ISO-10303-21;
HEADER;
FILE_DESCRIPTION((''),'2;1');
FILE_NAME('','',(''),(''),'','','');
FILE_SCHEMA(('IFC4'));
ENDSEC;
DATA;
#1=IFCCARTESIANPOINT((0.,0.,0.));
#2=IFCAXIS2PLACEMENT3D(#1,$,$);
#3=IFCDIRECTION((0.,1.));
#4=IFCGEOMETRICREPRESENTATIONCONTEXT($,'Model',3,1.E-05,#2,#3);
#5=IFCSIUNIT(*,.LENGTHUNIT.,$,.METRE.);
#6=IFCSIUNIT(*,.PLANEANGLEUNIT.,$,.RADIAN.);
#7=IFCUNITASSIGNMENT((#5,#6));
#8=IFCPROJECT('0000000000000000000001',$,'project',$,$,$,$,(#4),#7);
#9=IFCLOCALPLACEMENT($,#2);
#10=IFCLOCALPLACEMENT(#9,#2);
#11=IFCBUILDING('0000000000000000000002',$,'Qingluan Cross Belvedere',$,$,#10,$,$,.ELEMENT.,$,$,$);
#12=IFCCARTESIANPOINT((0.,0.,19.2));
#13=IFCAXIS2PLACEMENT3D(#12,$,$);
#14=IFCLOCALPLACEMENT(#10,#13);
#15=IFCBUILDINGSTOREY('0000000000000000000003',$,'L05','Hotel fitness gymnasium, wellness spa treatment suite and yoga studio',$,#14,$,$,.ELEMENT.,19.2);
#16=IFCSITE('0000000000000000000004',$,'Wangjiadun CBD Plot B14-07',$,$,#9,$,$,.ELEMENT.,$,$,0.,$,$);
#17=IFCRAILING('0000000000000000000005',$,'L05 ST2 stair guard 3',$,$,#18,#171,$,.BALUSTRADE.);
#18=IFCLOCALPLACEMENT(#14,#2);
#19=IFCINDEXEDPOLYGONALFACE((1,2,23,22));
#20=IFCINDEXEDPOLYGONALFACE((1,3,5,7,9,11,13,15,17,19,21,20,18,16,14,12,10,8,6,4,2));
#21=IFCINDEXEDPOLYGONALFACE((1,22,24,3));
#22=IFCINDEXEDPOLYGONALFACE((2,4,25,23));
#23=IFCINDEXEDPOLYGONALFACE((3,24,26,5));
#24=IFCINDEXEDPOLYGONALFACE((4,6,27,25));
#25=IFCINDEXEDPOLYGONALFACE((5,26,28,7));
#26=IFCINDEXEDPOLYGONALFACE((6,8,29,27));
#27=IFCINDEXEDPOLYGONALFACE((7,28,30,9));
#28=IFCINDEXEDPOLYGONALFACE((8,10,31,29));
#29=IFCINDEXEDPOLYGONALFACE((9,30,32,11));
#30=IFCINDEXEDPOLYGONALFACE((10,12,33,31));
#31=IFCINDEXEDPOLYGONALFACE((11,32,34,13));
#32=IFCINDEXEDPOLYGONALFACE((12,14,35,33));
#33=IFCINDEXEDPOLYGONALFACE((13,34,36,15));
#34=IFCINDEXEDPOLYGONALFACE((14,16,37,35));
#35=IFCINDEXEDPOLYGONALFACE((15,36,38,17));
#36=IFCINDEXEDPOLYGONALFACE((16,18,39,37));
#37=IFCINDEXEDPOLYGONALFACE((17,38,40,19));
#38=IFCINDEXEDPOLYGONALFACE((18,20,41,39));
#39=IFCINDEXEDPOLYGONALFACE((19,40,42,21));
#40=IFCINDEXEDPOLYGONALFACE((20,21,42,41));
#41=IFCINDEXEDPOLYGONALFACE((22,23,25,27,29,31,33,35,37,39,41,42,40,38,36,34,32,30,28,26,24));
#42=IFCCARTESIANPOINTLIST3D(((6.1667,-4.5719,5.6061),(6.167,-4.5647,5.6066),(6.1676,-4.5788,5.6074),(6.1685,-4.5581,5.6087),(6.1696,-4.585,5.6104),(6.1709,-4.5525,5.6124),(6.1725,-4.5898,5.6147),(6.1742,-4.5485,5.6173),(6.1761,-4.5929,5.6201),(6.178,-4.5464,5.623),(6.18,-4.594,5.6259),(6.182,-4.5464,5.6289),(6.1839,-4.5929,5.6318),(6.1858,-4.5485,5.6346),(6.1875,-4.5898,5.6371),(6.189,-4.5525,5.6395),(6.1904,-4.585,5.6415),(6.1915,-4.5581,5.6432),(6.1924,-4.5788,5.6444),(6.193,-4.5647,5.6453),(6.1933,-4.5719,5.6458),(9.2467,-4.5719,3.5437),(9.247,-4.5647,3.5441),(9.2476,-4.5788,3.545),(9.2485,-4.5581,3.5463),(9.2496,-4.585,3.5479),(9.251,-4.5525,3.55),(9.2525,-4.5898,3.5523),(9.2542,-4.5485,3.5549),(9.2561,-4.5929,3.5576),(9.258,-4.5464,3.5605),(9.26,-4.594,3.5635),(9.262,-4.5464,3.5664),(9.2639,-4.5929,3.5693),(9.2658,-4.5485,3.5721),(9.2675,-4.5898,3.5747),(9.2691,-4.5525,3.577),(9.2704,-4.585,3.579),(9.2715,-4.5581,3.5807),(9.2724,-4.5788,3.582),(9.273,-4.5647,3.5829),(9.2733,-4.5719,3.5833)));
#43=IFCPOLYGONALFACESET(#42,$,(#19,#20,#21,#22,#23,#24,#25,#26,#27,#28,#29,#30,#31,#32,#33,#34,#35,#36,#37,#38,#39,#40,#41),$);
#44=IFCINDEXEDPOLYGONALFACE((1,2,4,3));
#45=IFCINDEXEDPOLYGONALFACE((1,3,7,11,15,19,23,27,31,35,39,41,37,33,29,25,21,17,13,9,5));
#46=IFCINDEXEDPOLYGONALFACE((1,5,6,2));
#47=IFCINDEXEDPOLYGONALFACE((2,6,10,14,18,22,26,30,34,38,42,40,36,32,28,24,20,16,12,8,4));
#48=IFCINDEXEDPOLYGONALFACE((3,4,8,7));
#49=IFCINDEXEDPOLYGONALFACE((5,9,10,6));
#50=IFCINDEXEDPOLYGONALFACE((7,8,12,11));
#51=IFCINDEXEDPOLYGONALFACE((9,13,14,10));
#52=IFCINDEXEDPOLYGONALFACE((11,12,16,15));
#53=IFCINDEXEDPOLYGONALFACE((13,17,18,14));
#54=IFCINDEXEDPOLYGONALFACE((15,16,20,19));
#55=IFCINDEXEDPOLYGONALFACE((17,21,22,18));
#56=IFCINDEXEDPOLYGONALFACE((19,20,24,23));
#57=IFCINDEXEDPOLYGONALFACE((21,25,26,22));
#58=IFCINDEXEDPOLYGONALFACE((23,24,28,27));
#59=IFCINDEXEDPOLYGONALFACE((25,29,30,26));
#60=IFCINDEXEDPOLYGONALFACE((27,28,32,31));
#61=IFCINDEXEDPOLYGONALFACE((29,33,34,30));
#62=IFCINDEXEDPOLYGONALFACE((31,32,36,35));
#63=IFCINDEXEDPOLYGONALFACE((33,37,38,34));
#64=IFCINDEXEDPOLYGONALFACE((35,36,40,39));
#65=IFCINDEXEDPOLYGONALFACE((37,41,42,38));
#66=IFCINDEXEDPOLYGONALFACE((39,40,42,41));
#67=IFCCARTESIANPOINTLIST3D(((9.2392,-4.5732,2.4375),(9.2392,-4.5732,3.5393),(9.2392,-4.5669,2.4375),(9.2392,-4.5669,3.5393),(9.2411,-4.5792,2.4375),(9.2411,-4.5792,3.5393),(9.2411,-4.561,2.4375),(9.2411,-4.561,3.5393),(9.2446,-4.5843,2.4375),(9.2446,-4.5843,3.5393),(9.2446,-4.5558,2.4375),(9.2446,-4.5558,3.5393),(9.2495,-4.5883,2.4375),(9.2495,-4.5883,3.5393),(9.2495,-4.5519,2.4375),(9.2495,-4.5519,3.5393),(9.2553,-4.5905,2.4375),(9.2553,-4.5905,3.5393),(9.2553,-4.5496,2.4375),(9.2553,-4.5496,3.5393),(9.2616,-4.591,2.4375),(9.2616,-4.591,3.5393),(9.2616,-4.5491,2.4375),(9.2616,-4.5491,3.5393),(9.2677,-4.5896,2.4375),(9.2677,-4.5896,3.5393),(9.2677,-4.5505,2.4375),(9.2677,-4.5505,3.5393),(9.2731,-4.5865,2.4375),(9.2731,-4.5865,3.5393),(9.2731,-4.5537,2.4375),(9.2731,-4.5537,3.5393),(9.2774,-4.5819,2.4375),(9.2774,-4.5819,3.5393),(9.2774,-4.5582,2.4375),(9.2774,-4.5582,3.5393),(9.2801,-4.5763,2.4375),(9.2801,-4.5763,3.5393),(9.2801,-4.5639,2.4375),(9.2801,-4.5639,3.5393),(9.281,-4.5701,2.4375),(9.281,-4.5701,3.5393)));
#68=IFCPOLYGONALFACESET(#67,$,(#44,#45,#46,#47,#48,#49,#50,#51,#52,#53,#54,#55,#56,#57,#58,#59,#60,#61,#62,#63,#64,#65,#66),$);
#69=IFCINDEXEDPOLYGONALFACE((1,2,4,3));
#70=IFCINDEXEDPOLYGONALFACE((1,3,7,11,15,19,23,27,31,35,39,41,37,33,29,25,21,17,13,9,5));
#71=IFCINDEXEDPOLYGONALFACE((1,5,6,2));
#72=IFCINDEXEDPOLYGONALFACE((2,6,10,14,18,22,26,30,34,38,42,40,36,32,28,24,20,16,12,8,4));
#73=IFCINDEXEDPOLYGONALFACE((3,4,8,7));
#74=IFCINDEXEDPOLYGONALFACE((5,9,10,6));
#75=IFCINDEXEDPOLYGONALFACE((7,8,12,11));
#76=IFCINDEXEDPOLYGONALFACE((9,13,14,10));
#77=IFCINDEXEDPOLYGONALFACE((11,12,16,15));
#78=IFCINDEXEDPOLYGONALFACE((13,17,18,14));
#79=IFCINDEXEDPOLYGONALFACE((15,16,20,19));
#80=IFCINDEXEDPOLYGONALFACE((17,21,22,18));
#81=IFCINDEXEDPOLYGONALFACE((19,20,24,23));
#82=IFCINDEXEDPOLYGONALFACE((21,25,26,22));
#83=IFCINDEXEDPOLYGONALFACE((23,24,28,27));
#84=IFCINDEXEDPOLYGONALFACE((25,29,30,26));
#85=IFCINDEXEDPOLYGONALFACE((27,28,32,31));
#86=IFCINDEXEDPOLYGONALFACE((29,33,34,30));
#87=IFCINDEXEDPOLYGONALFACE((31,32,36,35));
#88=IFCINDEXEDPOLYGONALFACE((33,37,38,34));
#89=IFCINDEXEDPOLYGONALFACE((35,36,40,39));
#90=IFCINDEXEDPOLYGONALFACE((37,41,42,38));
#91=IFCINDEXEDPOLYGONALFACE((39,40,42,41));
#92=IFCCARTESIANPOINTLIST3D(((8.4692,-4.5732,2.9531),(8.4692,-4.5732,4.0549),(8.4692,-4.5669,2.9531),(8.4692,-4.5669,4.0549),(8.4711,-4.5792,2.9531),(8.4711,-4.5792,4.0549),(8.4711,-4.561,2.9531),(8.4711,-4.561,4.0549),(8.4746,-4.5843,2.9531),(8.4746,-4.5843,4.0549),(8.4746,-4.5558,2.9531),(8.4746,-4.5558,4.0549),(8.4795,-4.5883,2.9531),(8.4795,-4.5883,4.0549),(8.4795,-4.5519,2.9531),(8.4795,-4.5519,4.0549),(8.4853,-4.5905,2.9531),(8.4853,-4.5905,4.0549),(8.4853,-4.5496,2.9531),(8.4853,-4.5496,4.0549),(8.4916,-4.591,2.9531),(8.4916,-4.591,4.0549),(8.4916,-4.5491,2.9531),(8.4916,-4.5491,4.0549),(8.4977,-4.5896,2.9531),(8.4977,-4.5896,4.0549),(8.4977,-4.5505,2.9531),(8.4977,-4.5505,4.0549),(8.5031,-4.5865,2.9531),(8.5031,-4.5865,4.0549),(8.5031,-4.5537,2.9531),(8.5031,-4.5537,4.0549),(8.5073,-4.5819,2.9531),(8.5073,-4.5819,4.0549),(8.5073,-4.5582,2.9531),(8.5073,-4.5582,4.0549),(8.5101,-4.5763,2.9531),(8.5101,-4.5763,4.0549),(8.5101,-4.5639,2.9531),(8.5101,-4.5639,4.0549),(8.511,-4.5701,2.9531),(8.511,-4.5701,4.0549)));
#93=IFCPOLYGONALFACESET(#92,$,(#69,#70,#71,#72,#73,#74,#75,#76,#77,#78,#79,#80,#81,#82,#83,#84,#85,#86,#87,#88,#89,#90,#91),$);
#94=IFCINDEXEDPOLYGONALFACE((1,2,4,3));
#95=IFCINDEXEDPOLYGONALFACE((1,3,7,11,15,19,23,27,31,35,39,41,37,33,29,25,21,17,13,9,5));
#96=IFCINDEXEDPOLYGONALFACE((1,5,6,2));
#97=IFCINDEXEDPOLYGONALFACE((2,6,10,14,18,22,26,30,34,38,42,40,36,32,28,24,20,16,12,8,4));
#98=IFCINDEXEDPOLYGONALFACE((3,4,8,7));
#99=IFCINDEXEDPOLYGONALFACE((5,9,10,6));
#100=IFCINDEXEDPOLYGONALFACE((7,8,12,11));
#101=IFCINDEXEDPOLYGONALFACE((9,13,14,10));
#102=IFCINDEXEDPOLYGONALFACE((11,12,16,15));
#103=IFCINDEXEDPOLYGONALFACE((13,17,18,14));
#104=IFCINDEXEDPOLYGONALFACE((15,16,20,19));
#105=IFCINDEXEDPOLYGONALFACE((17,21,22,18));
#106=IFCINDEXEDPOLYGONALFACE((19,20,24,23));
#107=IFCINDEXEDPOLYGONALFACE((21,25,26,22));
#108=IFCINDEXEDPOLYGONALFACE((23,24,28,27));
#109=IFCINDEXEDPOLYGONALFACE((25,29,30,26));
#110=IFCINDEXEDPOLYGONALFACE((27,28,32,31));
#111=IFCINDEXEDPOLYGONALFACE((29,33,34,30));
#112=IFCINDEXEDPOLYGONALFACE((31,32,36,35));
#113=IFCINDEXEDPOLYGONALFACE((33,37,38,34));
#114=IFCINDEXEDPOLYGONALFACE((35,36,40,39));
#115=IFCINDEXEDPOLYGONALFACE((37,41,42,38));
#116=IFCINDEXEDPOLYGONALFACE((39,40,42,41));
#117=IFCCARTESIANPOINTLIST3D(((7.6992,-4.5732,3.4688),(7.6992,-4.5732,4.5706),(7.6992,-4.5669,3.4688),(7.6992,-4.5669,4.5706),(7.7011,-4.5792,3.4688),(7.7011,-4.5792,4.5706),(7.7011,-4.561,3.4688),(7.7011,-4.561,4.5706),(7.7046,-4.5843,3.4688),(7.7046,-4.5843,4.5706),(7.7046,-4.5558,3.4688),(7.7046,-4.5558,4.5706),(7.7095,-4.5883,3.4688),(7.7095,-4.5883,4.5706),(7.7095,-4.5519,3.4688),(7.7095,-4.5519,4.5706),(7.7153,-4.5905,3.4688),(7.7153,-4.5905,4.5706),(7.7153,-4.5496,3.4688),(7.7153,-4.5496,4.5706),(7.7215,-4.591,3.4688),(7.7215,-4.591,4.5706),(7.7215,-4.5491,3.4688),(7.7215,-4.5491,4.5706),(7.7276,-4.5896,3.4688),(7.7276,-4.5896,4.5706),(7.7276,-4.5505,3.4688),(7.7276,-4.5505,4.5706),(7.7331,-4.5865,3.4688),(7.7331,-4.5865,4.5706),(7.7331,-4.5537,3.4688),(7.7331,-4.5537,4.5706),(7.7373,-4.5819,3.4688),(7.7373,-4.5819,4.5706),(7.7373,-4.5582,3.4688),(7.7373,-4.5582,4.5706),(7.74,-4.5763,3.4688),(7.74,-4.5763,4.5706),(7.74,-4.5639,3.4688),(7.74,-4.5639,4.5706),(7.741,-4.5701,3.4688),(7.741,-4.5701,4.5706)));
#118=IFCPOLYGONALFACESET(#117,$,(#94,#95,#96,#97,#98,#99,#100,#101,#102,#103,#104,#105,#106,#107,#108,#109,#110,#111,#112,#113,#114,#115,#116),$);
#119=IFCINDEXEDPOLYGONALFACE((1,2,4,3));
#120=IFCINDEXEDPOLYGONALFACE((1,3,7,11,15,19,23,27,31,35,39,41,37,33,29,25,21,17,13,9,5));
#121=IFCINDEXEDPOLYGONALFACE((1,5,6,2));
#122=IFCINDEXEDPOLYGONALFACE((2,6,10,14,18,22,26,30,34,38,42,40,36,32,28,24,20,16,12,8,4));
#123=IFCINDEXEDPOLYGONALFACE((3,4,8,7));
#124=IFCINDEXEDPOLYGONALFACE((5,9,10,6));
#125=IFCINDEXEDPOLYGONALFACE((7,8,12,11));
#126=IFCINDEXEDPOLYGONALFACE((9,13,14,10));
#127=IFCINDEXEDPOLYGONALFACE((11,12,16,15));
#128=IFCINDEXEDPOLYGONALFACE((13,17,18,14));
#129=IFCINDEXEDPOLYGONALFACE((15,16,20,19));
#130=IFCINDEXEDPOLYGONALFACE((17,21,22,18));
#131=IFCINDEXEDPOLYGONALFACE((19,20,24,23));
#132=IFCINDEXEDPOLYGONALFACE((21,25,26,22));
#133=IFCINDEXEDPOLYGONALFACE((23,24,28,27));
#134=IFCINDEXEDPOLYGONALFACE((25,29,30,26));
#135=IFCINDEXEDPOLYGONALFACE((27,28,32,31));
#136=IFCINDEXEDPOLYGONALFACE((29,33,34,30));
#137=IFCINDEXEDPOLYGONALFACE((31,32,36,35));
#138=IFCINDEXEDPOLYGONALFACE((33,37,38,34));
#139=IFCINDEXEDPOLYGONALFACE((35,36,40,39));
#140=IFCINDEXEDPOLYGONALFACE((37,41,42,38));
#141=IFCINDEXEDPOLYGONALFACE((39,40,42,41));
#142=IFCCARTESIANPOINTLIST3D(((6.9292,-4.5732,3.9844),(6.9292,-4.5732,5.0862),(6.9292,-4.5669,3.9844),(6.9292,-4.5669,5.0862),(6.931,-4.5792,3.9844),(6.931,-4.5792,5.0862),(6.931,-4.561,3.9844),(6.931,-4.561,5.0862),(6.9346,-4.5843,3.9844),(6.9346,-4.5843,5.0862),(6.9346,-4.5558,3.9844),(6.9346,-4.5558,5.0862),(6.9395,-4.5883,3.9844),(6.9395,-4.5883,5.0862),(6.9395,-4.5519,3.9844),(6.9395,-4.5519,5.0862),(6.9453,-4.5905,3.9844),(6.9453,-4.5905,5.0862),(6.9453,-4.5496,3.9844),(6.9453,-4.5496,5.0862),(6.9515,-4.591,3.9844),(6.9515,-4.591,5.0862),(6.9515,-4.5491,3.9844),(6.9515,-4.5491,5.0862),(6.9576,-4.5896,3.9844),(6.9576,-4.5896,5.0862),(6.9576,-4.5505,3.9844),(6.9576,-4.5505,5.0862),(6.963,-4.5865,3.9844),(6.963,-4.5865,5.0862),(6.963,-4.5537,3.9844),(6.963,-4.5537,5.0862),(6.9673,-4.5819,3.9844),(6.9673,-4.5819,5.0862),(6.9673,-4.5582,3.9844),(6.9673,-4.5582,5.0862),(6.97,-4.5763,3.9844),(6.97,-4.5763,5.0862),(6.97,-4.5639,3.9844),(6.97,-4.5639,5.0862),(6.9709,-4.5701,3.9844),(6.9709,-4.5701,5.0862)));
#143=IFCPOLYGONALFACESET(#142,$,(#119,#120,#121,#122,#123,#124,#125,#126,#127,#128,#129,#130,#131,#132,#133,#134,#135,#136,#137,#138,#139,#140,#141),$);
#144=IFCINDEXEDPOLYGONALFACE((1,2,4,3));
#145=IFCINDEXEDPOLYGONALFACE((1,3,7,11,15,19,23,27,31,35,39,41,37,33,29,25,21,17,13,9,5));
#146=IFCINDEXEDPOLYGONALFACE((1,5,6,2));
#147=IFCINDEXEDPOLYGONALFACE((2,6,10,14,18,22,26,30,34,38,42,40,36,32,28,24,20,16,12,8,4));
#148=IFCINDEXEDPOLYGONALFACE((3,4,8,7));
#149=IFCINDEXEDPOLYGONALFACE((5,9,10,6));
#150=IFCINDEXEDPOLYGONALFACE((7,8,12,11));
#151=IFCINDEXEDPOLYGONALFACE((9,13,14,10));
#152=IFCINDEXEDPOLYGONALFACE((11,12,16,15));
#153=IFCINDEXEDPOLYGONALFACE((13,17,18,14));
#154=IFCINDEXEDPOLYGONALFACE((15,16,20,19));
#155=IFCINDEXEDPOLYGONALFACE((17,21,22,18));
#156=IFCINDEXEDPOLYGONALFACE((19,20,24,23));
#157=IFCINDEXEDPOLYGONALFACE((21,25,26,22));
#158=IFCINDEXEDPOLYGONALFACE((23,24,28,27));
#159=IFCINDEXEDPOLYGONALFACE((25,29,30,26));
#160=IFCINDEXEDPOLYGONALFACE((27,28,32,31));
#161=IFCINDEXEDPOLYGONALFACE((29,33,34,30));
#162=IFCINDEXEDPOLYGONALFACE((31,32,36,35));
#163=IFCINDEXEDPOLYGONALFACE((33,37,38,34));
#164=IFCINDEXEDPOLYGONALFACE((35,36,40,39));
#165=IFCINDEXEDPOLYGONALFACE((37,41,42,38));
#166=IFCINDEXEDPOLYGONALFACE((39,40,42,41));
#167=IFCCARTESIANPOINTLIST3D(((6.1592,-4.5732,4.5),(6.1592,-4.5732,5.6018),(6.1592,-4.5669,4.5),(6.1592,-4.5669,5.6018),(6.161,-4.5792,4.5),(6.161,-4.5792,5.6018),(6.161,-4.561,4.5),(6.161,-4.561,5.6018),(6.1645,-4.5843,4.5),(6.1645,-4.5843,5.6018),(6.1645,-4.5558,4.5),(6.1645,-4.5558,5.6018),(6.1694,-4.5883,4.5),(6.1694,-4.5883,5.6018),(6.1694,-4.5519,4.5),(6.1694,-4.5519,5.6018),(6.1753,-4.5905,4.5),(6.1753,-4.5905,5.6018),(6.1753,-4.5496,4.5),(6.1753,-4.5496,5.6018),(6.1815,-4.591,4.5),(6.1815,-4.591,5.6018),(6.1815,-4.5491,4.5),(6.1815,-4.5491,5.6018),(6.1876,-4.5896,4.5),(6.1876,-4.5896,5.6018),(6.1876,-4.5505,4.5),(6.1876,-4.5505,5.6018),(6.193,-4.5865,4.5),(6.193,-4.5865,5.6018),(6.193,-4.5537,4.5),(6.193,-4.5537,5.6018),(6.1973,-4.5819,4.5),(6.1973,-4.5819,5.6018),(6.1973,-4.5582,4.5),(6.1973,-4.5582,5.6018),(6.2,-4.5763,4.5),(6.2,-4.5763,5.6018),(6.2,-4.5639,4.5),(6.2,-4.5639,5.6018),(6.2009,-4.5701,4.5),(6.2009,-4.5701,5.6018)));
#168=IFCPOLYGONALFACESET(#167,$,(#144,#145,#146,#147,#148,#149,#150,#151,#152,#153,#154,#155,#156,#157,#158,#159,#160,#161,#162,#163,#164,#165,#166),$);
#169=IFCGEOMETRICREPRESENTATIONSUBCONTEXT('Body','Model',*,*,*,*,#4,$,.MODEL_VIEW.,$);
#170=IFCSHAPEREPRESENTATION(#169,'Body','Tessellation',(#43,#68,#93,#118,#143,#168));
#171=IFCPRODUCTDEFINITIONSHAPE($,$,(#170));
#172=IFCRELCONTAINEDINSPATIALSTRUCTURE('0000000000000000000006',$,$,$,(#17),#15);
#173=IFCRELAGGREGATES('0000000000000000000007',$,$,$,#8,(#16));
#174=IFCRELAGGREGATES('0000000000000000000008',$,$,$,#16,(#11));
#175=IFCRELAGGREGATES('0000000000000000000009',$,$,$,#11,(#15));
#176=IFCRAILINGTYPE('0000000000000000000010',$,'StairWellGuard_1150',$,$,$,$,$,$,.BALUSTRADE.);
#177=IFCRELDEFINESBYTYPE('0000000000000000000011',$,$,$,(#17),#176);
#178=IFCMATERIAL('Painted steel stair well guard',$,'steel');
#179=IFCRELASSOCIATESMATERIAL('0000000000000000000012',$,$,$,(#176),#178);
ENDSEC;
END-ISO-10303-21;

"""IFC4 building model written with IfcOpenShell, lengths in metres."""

from ifc_helpers import new_model, si_unit, direction, frame, origin, origin_2d, place, context, subcontext, project, spatial, circle, extrude, material, type_object, element, save


model = new_model("IFC4")

# Units and contexts
model_context = context("Model", 3, precision=1e-05, world=origin(), true_north=direction((0.0, 1.0)))
body_context = subcontext(model_context, "Body", "Model", "MODEL_VIEW")
ifc_project = project(units=[si_unit("LENGTHUNIT", "METRE"), si_unit("PLANEANGLEUNIT", "RADIAN")], contexts=[model_context])

# Site, building, storey
site_placement = place(None, origin())
site = spatial("IfcSite", under=ifc_project, at=site_placement, Name="Wangjiadun CBD Plot B14-07", CompositionType="ELEMENT", RefElevation=0.0)
building_placement = place(site_placement, origin())
building = spatial("IfcBuilding", under=site, at=building_placement, Name="Qingluan Cross Belvedere", CompositionType="ELEMENT")
storey_placement = place(building_placement, frame((0.0, 0.0, 19.2)))
storey = spatial("IfcBuildingStorey", under=building, at=storey_placement, Name="L05", Description="Hotel fitness gymnasium, wellness spa treatment suite and yoga studio", CompositionType="ELEMENT", Elevation=19.2)

# Railing
ifc_material_1 = material(Name="Painted steel stair well guard", Category="steel")
railing_type_1 = type_object("IfcRailingType", Name="StairWellGuard_1150", PredefinedType="BALUSTRADE", material=ifc_material_1)
railing_1_placement = place(storey_placement, frame((9.26, -4.5701, 2.4375)))
element("IfcRailing", 1, at=railing_1_placement, inside=storey, type_object=railing_type_1, Name="L05 ST2 stair guard 3", PredefinedType="BALUSTRADE", context=body_context, shape_type="SweptSolid", body=[
    extrude(circle(Radius=0.0239, at=origin_2d()), frame((0.0, 0.0, 1.126), z_axis=(-0.830914, 0.0, 0.556401), x_axis=(0.0, -1.0, 0.0)), (0.0, 0.0, 1.0), 3.7068),
    extrude(circle(Radius=0.021, at=origin_2d()), origin(), (0.0, 0.0, 1.0), 1.1018),
    extrude(circle(Radius=0.021, at=origin_2d()), frame((-0.77, 0.0, 0.5156)), (0.0, 0.0, 1.0), 1.1018),
    extrude(circle(Radius=0.021, at=origin_2d()), frame((-1.54, 0.0, 1.0312)), (0.0, 0.0, 1.0), 1.1018),
    extrude(circle(Radius=0.021, at=origin_2d()), frame((-2.3101, 0.0, 1.5469)), (0.0, 0.0, 1.0), 1.1018),
    extrude(circle(Radius=0.021, at=origin_2d()), frame((-3.0801, 0.0, 2.0625)), (0.0, 0.0, 1.0), 1.1018),
])

save(model, "model.ifc")
